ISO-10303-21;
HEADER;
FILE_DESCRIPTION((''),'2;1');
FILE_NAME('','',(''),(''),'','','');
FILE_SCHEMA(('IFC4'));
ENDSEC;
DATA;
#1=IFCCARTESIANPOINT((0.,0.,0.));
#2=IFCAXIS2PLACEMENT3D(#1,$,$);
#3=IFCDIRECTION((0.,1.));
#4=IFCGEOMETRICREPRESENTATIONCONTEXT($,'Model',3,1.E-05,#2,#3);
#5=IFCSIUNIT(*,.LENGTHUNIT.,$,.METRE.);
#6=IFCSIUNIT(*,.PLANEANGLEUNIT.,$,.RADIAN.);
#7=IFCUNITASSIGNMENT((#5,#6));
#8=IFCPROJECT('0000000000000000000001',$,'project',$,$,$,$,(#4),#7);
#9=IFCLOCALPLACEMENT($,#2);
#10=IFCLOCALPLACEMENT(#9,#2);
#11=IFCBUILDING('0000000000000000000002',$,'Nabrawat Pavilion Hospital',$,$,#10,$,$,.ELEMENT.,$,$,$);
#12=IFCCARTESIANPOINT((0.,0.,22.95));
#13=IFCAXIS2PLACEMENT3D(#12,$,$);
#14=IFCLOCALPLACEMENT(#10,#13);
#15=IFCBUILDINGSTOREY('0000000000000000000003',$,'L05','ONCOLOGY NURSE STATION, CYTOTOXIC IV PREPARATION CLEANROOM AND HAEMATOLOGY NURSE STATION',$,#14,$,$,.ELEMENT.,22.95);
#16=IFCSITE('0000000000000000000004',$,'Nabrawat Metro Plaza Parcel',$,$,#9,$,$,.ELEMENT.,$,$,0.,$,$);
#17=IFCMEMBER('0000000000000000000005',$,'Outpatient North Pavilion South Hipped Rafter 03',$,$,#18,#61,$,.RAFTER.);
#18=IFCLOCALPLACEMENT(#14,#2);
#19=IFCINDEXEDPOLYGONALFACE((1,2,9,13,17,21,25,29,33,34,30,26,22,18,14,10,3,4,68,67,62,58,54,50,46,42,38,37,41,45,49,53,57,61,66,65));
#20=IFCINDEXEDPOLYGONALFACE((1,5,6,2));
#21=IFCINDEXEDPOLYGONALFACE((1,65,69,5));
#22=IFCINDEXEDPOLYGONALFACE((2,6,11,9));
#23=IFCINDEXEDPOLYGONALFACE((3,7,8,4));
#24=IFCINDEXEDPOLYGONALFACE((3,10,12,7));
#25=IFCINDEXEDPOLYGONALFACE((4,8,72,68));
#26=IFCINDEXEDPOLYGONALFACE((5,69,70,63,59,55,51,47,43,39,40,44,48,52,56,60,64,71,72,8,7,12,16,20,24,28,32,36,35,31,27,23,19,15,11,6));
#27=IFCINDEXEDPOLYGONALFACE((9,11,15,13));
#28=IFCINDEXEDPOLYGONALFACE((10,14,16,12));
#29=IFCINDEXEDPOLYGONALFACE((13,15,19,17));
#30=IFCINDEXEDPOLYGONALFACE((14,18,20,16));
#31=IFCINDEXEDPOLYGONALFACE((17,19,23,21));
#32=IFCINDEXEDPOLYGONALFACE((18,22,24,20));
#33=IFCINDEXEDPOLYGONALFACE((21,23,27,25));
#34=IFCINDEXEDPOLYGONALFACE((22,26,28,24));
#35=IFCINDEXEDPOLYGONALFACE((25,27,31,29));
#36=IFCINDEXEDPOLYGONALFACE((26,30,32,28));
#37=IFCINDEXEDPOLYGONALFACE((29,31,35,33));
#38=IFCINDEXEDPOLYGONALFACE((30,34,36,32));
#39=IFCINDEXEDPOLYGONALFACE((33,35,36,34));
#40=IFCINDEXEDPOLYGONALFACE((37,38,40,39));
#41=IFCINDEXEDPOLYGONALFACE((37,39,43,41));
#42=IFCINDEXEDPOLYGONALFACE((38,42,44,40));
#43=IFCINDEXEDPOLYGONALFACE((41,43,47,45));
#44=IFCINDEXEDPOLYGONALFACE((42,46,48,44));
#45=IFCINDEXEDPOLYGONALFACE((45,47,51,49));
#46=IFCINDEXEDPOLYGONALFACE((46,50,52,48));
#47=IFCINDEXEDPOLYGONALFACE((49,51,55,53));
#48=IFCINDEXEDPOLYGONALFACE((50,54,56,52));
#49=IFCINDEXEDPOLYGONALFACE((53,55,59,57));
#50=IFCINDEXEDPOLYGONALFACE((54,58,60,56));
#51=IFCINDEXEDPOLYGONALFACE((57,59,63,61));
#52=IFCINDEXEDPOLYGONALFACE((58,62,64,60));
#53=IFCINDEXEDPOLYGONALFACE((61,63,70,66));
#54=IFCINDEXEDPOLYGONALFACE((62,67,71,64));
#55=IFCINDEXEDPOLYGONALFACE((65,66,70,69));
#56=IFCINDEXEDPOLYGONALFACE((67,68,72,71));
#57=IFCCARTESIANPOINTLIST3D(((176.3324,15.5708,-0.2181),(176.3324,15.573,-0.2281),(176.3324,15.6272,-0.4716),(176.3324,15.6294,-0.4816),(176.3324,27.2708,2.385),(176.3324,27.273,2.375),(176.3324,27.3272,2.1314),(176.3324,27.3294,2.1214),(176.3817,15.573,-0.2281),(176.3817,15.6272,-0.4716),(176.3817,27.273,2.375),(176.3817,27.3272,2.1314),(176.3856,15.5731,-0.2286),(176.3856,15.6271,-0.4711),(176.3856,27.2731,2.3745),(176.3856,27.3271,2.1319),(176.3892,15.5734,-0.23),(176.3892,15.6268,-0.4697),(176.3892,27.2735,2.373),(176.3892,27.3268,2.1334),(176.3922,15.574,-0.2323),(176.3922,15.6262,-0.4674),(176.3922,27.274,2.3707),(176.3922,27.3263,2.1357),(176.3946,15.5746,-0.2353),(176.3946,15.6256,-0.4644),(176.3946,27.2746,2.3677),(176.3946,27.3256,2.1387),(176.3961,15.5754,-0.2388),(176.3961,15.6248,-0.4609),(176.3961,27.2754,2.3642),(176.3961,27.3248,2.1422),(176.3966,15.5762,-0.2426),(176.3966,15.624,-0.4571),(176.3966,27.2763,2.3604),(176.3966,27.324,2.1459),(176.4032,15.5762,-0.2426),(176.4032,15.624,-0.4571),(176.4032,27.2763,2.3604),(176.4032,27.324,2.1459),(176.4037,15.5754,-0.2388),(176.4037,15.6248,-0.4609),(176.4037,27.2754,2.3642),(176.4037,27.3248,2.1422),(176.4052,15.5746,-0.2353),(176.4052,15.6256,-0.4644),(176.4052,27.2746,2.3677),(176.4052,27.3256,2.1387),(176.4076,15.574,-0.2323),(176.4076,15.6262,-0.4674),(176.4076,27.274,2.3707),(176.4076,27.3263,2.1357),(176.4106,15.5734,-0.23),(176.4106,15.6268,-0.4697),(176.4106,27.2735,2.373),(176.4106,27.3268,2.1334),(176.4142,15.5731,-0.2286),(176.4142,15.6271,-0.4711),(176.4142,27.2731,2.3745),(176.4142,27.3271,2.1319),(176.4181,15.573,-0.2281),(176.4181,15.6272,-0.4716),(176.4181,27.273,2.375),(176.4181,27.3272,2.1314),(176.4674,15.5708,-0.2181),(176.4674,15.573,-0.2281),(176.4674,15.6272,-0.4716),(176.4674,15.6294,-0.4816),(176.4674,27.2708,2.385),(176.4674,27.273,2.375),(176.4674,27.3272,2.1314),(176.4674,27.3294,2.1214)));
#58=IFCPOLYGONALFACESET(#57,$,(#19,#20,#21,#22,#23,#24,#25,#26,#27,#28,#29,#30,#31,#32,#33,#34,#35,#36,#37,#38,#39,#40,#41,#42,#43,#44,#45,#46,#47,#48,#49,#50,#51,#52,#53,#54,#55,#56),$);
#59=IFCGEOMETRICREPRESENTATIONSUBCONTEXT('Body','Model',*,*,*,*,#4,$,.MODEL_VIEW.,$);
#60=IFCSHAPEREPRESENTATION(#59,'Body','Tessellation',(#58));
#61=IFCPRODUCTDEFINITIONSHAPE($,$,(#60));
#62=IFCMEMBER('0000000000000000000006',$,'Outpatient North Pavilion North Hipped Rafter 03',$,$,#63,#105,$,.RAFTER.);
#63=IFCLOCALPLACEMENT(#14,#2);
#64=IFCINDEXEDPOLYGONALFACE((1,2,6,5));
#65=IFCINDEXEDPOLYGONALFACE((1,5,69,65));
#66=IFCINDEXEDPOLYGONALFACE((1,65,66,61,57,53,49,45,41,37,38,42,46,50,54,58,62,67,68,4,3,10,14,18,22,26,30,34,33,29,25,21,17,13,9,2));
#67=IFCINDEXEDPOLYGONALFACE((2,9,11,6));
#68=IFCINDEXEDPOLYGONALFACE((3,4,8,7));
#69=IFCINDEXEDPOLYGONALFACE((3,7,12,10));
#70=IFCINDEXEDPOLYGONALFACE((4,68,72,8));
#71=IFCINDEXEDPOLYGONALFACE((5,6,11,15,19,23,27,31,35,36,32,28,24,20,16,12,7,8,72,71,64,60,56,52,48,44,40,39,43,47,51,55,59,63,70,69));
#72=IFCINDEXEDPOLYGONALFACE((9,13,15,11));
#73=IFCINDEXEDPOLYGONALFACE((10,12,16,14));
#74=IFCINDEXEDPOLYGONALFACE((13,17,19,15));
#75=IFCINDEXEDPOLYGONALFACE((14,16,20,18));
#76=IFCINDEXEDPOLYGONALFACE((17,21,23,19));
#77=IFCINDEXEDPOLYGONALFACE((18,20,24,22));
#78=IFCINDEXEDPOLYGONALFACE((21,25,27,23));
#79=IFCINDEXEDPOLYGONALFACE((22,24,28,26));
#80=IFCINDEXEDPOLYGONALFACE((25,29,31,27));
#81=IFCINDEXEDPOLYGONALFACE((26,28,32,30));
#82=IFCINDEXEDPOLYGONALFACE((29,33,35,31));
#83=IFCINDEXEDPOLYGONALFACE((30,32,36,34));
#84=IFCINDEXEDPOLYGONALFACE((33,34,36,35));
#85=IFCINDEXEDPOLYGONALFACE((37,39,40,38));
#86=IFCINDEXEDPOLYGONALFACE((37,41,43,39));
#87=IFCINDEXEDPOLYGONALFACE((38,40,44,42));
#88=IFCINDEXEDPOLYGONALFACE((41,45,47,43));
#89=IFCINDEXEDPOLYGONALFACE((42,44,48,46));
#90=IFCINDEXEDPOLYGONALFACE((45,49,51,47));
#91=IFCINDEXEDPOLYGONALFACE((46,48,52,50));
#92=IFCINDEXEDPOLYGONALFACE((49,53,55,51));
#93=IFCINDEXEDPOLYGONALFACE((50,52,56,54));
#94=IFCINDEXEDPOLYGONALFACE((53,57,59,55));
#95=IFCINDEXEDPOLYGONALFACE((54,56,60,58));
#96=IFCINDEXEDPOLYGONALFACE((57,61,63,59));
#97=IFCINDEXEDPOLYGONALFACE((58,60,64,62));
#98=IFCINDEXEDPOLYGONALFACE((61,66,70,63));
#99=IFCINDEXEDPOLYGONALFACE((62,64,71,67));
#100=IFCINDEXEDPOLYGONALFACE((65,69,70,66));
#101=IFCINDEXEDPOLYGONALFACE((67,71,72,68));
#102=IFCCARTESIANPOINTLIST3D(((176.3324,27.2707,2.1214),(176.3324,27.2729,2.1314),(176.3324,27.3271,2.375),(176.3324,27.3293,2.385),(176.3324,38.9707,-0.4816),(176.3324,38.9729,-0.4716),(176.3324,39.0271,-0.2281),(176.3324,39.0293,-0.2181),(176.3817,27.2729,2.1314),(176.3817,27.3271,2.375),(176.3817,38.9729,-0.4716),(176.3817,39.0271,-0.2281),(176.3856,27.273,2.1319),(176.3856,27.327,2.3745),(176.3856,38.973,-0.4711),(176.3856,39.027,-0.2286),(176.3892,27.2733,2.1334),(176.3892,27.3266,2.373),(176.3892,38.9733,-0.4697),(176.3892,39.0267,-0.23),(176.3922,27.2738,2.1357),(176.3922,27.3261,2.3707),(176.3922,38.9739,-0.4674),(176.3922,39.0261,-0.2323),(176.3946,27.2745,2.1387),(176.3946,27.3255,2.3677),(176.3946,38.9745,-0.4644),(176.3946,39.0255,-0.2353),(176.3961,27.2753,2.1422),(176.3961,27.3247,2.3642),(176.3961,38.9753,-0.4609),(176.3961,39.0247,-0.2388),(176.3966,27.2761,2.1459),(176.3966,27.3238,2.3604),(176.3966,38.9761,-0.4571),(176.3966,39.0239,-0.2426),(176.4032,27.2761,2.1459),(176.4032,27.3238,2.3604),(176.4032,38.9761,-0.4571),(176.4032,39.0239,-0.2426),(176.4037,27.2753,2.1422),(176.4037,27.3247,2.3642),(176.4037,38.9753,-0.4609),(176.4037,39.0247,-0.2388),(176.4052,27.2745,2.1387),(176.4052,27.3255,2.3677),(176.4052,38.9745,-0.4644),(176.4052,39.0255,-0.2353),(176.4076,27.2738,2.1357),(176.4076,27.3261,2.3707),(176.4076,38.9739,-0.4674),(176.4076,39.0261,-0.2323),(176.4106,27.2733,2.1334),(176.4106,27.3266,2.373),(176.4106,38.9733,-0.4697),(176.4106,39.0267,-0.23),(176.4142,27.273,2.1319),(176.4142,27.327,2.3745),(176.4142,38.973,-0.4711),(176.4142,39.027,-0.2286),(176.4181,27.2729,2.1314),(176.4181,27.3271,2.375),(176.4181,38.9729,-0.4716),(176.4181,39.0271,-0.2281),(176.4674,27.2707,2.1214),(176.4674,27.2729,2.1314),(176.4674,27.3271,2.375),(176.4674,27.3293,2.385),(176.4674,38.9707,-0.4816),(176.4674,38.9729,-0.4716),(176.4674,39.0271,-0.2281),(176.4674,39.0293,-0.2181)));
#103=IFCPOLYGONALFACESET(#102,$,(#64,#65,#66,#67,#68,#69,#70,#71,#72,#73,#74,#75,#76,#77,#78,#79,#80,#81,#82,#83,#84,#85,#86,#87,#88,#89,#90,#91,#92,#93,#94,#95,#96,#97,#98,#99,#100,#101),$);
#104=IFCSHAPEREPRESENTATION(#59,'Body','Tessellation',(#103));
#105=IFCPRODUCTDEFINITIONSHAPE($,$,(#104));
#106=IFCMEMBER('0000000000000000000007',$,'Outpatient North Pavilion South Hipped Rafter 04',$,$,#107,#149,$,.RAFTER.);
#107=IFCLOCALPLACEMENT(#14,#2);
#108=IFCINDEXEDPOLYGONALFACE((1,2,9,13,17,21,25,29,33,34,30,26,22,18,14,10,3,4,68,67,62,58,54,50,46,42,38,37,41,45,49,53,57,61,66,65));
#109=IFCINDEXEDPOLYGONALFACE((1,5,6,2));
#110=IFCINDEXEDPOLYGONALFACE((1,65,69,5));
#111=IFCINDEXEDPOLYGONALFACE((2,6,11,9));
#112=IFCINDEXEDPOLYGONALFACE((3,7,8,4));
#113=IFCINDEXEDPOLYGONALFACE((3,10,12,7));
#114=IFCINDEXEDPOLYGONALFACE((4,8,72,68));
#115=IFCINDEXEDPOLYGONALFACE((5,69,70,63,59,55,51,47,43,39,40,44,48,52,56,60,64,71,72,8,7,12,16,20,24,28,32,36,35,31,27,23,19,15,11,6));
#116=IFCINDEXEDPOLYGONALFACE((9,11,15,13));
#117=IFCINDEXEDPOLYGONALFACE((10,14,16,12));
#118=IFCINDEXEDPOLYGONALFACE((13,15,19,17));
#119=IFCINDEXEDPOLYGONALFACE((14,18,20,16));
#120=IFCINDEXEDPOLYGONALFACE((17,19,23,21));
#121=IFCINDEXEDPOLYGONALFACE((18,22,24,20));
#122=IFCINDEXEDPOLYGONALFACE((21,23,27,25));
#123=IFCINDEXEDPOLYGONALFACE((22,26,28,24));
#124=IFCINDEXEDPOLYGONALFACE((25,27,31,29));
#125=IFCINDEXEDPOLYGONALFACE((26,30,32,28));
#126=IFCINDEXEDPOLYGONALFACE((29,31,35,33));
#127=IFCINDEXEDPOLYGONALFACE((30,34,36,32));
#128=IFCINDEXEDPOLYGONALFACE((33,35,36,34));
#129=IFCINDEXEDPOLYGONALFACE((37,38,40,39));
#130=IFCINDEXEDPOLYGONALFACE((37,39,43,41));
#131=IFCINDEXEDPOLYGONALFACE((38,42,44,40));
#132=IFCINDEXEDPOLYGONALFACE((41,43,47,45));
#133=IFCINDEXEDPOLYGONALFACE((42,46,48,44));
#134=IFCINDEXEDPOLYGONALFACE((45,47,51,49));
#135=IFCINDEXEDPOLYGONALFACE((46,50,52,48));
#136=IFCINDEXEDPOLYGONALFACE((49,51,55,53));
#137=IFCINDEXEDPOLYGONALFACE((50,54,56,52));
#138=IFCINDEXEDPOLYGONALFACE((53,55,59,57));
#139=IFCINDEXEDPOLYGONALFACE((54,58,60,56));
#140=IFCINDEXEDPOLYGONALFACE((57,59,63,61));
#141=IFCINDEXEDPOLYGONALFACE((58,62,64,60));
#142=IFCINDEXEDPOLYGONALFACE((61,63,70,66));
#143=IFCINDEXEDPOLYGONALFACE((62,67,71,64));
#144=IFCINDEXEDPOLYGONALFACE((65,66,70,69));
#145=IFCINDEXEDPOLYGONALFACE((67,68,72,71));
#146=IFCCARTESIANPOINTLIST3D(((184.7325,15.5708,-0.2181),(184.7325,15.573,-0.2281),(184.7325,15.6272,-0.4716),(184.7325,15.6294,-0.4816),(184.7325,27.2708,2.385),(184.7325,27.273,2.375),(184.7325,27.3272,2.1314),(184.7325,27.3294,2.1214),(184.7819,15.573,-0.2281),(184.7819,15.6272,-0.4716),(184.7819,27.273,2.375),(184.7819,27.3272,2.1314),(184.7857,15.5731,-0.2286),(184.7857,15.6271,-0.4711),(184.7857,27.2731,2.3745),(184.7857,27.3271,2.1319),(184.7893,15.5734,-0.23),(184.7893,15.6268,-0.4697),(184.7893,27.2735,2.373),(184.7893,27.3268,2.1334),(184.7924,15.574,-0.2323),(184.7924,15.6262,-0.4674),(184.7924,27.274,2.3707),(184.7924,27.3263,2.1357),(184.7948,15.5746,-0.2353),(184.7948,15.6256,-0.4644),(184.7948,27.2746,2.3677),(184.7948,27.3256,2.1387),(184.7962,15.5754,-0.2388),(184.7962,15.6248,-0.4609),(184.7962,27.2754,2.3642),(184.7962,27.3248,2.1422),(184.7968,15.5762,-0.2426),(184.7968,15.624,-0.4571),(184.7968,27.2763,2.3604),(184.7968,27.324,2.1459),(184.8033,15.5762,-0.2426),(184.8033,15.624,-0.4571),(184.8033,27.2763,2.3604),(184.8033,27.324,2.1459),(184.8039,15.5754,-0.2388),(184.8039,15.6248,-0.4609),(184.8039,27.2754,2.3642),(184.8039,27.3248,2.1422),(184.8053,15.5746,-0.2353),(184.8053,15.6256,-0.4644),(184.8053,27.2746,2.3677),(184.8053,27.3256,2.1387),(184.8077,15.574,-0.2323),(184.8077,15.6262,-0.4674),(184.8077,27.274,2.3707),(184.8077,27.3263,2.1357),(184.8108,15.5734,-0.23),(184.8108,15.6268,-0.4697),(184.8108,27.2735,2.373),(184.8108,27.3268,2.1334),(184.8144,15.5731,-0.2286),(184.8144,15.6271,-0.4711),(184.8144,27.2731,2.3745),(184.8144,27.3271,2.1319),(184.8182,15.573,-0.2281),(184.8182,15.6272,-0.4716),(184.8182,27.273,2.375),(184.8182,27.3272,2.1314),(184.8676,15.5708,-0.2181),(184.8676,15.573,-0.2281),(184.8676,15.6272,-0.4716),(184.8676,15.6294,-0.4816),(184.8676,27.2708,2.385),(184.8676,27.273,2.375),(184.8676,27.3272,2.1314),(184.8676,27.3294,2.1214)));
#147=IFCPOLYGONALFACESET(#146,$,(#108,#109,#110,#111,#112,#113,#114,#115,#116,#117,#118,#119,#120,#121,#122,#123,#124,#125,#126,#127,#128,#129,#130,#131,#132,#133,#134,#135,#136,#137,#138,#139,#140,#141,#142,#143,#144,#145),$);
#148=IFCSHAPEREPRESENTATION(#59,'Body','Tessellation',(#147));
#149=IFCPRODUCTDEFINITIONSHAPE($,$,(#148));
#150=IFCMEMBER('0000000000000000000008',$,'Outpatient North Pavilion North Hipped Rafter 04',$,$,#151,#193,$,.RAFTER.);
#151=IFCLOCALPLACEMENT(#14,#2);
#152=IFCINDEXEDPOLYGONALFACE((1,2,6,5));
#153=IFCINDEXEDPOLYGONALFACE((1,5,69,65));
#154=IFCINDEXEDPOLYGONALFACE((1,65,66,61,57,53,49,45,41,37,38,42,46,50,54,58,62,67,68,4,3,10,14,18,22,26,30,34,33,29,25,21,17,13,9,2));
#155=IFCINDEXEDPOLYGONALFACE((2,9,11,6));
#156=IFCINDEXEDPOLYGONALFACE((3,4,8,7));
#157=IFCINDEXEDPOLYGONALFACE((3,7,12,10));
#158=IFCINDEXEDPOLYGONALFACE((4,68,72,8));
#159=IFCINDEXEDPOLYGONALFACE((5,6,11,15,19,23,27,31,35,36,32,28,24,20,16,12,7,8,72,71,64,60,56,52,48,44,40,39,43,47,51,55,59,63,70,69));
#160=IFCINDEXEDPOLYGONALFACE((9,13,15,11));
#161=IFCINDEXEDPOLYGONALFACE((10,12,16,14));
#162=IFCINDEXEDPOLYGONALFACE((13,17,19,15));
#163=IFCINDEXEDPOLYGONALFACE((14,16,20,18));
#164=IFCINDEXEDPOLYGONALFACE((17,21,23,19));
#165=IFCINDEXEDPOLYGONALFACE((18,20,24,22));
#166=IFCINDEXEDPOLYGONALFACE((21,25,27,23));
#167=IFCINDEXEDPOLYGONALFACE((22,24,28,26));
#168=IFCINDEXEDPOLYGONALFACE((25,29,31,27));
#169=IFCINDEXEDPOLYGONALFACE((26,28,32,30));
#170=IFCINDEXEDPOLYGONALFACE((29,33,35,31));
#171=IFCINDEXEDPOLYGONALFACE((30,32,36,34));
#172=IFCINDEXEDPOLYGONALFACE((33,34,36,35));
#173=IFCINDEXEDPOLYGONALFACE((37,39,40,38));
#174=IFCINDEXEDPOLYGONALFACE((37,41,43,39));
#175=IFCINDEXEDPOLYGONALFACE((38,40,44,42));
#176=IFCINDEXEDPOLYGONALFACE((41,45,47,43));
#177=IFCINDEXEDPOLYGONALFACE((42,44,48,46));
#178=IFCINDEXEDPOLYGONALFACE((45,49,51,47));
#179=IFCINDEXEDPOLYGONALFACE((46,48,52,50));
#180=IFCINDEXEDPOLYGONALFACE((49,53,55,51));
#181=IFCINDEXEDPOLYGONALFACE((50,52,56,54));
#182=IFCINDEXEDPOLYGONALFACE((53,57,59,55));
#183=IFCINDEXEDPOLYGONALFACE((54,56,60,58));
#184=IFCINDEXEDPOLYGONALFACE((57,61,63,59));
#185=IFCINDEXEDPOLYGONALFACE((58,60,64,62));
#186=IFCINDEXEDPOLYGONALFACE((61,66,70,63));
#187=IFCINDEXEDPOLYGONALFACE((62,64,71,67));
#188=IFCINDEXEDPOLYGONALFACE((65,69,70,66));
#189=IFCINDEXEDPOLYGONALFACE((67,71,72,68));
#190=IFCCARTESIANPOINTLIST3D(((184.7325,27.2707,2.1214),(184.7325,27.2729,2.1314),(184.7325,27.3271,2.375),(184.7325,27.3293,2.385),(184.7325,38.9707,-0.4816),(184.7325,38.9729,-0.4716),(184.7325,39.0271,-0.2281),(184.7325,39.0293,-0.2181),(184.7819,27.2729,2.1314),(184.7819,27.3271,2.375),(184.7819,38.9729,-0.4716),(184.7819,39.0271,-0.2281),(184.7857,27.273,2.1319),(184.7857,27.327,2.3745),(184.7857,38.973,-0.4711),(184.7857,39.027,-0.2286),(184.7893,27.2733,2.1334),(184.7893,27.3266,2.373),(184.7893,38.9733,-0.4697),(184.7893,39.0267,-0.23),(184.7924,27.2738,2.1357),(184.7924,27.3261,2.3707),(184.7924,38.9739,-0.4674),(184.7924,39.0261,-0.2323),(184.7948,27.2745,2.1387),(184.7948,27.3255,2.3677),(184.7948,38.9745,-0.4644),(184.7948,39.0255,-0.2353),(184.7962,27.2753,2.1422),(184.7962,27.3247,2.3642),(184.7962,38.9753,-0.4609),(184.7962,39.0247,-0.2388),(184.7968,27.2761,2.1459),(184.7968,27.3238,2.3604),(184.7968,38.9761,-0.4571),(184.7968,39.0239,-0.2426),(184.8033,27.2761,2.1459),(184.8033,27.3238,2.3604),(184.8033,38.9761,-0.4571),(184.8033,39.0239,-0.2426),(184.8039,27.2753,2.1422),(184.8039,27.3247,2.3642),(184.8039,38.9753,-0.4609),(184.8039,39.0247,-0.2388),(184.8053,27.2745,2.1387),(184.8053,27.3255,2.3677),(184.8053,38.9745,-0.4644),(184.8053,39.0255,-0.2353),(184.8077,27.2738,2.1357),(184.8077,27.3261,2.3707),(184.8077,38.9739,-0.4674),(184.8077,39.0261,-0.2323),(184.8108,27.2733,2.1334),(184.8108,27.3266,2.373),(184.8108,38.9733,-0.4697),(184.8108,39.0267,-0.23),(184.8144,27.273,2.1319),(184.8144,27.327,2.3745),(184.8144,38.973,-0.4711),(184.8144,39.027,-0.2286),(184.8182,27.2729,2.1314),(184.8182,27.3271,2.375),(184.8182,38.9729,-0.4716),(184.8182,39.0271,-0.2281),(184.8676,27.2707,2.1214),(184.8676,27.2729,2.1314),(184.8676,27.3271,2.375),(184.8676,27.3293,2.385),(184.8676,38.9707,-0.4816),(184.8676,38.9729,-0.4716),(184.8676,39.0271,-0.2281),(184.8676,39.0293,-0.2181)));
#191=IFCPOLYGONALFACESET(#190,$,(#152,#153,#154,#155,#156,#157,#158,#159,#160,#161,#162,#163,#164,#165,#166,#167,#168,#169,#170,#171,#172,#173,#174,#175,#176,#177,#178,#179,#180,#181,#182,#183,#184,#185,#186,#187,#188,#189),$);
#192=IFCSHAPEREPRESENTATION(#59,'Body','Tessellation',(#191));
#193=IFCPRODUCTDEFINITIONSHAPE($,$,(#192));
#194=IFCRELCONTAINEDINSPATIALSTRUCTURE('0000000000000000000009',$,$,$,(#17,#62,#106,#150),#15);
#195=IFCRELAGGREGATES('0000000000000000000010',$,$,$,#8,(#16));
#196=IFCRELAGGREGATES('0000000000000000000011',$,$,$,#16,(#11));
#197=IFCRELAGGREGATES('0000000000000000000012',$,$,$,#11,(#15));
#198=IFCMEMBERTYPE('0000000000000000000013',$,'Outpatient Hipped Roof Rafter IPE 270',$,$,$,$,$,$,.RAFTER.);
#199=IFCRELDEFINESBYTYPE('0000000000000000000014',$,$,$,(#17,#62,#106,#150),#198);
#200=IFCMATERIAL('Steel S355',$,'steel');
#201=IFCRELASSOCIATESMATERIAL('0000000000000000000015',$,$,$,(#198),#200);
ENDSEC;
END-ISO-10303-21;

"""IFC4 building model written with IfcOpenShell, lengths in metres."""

from ifc_helpers import new_model, si_unit, direction, frame, origin, origin_2d, place, context, subcontext, project, spatial, i_section, extrude, material, material_profile, profile_set, type_object, element, save


model = new_model("IFC4")

# Units and contexts
model_context = context("Model", 3, precision=1e-05, world=origin(), true_north=direction((0.0, 1.0)))
body_context = subcontext(model_context, "Body", "Model", "MODEL_VIEW")
ifc_project = project(units=[si_unit("LENGTHUNIT", "METRE"), si_unit("PLANEANGLEUNIT", "RADIAN")], contexts=[model_context])

# Site, building, storey
site_placement = place(None, origin())
site = spatial("IfcSite", under=ifc_project, at=site_placement, Name="Nabrawat Metro Plaza Parcel", CompositionType="ELEMENT", RefElevation=0.0)
building_placement = place(site_placement, origin())
building = spatial("IfcBuilding", under=site, at=building_placement, Name="Nabrawat Pavilion Hospital", CompositionType="ELEMENT")
storey_placement = place(building_placement, frame((0.0, 0.0, 22.95)))
storey = spatial("IfcBuildingStorey", under=building, at=storey_placement, Name="L05", Description="ONCOLOGY NURSE STATION, CYTOTOXIC IV PREPARATION CLEANROOM AND HAEMATOLOGY NURSE STATION", CompositionType="ELEMENT", Elevation=22.95)

# Shared definitions
ifc_material_1 = material(Name="Steel S355", Category="steel")

# Members
ifc_material_profile_1 = material_profile(ifc_material_1, i_section(OverallWidth=0.135, OverallDepth=0.27, WebThickness=0.0066, FlangeThickness=0.0103, FilletRadius=0.0149, at=origin_2d()), Name="IPE 270")
ifc_profile_set_1 = profile_set([ifc_material_profile_1], Name="Steel S355")
member_type_1 = type_object("IfcMemberType", Name="Outpatient Hipped Roof Rafter IPE 270", PredefinedType="RAFTER", material=ifc_profile_set_1)
for number, where, z_axis, x_axis, name in (
    (1, (176.3999, 15.6001, -0.3499), (0.0, 0.976133, 0.217172), (-1.0, 0.0, 0.0), "Outpatient North Pavilion South Hipped Rafter 03"),
    (2, (176.3999, 39.0, -0.3499), (0.0, -0.976133, 0.217172), (1.0, 0.0, 0.0), "Outpatient North Pavilion North Hipped Rafter 03"),
    (3, (184.8, 15.6001, -0.3499), (0.0, 0.976133, 0.217172), (-1.0, 0.0, 0.0), "Outpatient North Pavilion South Hipped Rafter 04"),
    (4, (184.8, 39.0, -0.3499), (0.0, -0.976133, 0.217172), (1.0, 0.0, 0.0), "Outpatient North Pavilion North Hipped Rafter 04"),
):
    element("IfcMember", number, at=place(storey_placement, frame(where, z_axis=z_axis, x_axis=x_axis)), inside=storey, type_object=member_type_1, Name=name, PredefinedType="RAFTER", context=body_context, shape_type="SweptSolid", body=[
        extrude(i_section(OverallWidth=0.135, OverallDepth=0.27, WebThickness=0.0066, FlangeThickness=0.0103, FilletRadius=0.0149, at=origin_2d()), origin(), (0.0, 0.0, 1.0), 11.9861),
    ])

save(model, "model.ifc")
